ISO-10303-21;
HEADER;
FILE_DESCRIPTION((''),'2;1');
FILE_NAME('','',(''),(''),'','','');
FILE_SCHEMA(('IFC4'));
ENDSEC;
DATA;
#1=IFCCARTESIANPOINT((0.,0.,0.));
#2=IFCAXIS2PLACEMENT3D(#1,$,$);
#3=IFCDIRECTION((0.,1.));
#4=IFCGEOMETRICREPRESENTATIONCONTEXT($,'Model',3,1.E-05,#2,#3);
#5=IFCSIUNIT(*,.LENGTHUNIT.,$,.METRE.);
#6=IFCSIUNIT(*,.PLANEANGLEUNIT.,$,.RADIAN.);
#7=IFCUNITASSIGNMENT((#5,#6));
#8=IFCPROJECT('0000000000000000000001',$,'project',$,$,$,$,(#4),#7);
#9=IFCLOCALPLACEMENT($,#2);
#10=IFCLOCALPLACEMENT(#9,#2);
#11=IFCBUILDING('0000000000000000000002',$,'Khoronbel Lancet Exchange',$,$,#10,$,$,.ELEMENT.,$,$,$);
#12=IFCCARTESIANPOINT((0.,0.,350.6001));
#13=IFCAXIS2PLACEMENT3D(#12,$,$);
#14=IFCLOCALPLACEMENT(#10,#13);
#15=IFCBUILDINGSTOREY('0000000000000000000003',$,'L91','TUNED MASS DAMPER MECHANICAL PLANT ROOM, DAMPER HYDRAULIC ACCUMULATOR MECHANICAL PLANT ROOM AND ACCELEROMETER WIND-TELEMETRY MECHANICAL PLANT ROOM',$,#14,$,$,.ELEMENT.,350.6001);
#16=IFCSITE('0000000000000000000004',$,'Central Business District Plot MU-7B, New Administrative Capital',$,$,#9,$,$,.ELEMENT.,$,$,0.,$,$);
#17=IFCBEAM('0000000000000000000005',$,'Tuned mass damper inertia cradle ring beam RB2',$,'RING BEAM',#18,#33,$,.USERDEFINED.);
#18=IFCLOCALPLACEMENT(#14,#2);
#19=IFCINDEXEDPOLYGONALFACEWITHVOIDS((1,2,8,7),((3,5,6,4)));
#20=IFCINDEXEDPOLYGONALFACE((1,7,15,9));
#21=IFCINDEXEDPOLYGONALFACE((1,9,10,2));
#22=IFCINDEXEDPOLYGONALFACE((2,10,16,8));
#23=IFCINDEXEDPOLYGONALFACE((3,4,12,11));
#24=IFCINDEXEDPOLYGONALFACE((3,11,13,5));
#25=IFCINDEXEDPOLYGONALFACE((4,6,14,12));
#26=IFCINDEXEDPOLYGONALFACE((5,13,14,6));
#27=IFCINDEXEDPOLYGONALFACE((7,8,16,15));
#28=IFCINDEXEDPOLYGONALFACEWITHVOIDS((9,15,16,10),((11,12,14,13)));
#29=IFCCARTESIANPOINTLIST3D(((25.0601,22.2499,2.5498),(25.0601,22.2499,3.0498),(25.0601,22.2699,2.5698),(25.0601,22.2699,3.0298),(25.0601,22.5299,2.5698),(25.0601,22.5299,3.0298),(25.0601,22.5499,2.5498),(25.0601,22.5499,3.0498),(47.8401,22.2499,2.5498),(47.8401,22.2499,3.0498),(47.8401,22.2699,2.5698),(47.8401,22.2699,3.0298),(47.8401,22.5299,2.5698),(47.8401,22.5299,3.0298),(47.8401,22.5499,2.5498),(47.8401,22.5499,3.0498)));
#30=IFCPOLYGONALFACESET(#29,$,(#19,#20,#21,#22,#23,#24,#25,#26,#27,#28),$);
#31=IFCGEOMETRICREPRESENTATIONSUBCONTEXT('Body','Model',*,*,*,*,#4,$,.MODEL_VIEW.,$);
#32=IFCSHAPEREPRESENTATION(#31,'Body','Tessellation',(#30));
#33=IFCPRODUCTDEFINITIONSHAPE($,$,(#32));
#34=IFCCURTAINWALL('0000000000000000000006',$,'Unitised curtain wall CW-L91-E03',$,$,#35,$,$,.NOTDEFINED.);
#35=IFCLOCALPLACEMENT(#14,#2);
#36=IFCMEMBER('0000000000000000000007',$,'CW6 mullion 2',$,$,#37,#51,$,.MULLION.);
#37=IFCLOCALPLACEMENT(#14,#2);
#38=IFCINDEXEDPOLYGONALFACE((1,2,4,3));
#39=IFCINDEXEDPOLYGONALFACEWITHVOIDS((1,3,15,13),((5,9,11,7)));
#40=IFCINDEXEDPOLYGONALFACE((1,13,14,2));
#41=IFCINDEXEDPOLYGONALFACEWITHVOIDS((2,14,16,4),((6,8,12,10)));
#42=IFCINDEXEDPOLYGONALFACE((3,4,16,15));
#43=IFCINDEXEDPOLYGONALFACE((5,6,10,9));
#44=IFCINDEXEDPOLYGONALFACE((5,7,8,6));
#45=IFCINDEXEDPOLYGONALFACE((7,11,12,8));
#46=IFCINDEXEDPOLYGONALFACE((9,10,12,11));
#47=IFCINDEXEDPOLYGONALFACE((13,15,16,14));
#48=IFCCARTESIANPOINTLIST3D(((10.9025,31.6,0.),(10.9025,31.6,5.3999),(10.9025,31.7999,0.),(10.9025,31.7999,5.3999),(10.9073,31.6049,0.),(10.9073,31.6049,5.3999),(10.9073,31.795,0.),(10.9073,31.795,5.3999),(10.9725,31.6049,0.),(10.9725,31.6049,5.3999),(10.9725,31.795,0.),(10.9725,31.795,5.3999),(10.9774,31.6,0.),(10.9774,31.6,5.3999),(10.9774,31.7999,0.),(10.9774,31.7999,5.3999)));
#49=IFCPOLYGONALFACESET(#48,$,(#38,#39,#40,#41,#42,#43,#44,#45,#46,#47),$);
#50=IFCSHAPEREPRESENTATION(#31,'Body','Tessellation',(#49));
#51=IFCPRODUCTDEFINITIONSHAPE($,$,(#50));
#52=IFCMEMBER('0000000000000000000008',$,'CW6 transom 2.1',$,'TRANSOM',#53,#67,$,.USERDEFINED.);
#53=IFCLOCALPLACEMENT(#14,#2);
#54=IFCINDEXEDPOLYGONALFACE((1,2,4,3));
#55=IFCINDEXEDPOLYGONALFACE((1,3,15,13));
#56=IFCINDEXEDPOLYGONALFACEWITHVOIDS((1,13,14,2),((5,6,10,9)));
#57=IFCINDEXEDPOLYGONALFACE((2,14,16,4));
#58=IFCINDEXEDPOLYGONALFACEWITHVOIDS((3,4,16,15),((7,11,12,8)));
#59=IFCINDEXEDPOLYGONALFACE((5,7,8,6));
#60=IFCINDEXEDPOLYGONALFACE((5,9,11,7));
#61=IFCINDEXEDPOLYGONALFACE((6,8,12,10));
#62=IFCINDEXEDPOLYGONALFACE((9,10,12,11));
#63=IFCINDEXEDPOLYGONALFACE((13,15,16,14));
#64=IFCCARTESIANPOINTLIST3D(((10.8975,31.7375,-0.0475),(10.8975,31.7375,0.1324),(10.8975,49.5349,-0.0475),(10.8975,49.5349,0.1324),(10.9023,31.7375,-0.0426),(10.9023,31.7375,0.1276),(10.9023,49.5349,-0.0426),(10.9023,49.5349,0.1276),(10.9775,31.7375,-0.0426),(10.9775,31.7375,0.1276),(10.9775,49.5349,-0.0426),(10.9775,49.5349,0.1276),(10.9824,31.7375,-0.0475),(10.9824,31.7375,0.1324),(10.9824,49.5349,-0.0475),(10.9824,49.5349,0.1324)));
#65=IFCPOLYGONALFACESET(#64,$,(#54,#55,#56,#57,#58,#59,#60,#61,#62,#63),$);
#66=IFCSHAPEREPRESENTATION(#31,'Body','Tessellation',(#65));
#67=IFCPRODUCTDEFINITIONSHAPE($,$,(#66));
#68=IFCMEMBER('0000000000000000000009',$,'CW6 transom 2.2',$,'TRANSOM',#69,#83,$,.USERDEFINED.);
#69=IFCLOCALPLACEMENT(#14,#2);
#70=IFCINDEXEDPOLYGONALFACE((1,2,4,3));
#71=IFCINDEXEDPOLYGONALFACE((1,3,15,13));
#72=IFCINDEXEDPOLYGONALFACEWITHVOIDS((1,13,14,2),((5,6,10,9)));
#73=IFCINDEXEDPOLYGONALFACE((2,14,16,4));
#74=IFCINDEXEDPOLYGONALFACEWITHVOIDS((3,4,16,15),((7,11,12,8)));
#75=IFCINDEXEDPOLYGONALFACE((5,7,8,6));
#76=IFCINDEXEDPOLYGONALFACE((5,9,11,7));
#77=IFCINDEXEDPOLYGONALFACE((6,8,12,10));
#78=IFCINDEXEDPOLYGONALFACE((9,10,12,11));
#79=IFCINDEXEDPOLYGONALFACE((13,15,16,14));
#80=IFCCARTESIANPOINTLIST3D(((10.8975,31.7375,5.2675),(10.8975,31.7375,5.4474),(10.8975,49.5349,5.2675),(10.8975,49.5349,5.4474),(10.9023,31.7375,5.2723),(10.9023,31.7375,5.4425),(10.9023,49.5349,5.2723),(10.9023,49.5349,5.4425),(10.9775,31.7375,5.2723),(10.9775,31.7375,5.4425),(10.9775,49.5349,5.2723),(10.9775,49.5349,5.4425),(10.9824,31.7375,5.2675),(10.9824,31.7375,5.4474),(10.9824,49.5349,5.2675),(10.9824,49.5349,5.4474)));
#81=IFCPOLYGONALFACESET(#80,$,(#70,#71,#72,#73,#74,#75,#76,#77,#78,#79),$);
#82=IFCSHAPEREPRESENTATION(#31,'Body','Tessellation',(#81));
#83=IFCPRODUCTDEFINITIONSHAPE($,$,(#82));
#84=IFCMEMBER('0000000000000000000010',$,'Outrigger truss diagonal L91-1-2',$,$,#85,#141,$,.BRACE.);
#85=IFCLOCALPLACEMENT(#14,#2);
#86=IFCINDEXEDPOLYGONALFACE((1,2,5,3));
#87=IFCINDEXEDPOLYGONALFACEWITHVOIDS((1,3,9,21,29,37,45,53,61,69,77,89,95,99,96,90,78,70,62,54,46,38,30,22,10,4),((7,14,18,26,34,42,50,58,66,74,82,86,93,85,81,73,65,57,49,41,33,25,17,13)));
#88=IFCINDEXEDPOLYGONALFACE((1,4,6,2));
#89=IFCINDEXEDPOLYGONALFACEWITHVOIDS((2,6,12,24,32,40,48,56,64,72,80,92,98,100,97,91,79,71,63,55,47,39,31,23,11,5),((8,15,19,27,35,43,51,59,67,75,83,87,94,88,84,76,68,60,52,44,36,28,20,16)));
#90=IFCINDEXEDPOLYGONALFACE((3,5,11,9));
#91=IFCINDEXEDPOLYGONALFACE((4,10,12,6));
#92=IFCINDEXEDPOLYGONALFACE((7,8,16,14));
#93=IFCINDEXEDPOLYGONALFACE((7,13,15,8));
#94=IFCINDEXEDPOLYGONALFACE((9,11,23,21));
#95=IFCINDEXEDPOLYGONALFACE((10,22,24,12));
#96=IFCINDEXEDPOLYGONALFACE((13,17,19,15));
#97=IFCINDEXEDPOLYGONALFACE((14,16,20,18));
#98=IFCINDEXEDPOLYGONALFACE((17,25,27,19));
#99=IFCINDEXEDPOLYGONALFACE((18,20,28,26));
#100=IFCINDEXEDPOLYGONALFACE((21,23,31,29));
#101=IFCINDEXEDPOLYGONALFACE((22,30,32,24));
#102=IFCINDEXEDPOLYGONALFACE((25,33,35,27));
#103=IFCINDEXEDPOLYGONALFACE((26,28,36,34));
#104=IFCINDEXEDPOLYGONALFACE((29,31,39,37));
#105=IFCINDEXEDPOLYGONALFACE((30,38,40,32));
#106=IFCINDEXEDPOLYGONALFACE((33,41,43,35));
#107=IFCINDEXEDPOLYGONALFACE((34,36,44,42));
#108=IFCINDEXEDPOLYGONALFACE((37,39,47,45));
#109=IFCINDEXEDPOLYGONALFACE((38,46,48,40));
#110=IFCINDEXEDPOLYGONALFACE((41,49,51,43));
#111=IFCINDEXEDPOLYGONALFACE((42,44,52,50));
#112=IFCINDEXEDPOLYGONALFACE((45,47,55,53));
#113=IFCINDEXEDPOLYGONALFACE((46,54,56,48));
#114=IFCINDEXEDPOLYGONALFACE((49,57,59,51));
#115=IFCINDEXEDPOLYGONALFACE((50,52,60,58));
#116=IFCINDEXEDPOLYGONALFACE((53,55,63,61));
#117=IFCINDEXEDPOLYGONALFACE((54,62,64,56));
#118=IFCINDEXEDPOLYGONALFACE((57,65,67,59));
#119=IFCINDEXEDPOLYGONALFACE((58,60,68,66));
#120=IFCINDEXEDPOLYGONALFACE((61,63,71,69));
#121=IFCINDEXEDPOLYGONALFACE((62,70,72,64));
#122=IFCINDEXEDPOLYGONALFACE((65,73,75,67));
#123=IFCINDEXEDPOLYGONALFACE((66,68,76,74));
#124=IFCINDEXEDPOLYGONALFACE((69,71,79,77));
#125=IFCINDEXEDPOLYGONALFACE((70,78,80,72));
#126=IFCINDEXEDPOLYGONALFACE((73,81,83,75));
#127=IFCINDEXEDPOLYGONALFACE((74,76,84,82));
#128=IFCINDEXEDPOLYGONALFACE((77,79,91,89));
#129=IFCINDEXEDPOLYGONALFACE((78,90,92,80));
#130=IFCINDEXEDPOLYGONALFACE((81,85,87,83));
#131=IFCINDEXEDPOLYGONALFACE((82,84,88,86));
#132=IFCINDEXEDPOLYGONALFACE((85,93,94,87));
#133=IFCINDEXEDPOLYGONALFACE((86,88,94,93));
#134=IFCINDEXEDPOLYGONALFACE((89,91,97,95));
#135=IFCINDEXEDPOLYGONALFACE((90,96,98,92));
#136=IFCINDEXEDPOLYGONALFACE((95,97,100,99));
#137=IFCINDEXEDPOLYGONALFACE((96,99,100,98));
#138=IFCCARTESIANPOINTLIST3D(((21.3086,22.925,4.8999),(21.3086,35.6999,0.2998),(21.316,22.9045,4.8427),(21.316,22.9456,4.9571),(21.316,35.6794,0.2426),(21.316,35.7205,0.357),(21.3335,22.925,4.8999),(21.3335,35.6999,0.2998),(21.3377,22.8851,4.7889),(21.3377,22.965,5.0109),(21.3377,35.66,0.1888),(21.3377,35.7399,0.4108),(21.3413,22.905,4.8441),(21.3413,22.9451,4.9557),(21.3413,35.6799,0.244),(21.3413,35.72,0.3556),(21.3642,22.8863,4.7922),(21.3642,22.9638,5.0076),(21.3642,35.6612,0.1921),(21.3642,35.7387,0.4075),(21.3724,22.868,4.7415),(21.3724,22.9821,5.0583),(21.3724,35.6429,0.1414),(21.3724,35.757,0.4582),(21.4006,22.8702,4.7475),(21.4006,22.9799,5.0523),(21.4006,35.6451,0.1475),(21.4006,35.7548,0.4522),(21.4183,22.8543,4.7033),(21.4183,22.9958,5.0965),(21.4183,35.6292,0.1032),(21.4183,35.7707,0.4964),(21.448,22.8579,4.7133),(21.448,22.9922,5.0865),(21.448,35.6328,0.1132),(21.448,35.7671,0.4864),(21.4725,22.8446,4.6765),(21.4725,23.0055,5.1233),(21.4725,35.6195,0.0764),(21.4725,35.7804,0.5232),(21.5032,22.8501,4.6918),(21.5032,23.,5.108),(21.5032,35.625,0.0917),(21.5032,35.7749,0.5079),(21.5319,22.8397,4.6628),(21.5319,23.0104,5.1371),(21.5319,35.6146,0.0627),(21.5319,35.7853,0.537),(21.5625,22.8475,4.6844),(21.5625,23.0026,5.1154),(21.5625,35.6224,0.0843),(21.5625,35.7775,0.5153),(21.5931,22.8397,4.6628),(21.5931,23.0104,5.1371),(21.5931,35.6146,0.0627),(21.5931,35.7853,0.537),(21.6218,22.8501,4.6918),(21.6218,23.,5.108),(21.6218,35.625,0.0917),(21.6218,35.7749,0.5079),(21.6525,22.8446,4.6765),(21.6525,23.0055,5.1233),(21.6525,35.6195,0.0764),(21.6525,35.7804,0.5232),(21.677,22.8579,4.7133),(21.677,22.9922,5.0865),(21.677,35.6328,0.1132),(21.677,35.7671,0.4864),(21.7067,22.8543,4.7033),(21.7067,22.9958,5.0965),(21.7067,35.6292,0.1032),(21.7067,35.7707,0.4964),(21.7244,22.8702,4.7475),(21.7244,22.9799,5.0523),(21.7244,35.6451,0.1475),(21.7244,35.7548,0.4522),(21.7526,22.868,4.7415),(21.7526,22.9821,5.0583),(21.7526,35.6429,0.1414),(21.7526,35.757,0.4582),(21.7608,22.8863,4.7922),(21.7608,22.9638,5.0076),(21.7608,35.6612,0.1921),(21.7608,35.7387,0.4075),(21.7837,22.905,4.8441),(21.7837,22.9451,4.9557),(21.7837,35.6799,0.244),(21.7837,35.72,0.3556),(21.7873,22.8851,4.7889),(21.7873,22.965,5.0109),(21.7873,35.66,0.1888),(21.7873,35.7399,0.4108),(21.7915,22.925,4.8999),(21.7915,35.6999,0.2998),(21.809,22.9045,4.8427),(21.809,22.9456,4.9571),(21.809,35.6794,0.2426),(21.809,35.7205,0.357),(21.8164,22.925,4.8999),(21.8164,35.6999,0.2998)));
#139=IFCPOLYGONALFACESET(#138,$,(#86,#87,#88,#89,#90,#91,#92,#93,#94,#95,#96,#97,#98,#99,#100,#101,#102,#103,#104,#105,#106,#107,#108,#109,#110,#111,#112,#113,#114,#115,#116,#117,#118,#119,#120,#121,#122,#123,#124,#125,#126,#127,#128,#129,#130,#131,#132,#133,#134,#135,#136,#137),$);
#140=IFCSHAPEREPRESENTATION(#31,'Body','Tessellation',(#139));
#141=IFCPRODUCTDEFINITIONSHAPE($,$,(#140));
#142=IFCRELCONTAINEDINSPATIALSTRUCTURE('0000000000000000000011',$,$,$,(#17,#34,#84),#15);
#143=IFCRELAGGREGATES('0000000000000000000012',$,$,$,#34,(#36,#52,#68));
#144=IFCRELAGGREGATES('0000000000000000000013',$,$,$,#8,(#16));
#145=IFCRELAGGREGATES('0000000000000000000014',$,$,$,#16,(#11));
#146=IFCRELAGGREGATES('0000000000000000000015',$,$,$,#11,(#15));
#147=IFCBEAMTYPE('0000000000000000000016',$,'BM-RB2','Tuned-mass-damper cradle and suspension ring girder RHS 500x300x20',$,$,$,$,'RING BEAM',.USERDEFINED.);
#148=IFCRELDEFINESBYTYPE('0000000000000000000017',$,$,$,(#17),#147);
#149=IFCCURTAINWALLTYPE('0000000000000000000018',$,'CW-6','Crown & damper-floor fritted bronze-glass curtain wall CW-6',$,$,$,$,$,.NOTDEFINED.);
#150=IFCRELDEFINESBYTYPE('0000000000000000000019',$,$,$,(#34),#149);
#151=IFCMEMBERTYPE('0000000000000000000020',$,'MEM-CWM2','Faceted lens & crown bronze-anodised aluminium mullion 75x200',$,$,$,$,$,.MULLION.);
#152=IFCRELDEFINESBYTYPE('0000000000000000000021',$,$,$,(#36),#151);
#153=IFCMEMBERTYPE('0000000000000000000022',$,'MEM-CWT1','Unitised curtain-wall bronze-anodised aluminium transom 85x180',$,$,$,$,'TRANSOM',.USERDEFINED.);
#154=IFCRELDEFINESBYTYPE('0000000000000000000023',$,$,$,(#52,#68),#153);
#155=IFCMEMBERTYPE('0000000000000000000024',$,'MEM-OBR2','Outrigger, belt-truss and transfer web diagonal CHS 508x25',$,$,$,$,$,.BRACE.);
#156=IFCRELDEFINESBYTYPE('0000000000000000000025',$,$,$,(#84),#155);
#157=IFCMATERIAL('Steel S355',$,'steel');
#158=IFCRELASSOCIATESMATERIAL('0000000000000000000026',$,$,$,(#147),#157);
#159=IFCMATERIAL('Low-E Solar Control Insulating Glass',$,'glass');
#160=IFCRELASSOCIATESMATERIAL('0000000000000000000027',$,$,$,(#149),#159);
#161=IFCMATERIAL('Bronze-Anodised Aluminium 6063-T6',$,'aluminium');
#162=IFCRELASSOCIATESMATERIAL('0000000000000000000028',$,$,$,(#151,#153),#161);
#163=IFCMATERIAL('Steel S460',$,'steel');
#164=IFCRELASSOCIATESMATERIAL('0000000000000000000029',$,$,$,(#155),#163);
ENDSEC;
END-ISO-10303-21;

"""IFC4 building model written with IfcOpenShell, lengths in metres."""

from ifc_helpers import new_model, si_unit, direction, frame, origin, origin_2d, place, context, subcontext, project, spatial, hollow_rectangle, hollow_circle, extrude, material, material_profile, profile_set, type_object, element, aggregate, save


model = new_model("IFC4")

# Units and contexts
model_context = context("Model", 3, precision=1e-05, world=origin(), true_north=direction((0.0, 1.0)))
body_context = subcontext(model_context, "Body", "Model", "MODEL_VIEW")
ifc_project = project(units=[si_unit("LENGTHUNIT", "METRE"), si_unit("PLANEANGLEUNIT", "RADIAN")], contexts=[model_context])

# Site, building, storey
site_placement = place(None, origin())
site = spatial("IfcSite", under=ifc_project, at=site_placement, Name="Central Business District Plot MU-7B, New Administrative Capital", CompositionType="ELEMENT", RefElevation=0.0)
building_placement = place(site_placement, origin())
building = spatial("IfcBuilding", under=site, at=building_placement, Name="Khoronbel Lancet Exchange", CompositionType="ELEMENT")
storey_placement = place(building_placement, frame((0.0, 0.0, 350.6001)))
storey = spatial("IfcBuildingStorey", under=building, at=storey_placement, Name="L91", Description="TUNED MASS DAMPER MECHANICAL PLANT ROOM, DAMPER HYDRAULIC ACCUMULATOR MECHANICAL PLANT ROOM AND ACCELEROMETER WIND-TELEMETRY MECHANICAL PLANT ROOM", CompositionType="ELEMENT", Elevation=350.6001)

# Shared definitions
ifc_material_1 = material(Name="Steel S355", Category="steel")

# Beam
ifc_material_profile_1 = material_profile(ifc_material_1, hollow_rectangle(XDim=0.3, YDim=0.5, WallThickness=0.02, at=origin_2d()), Name="RHS 500x300x20")
ifc_profile_set_1 = profile_set([ifc_material_profile_1], Name="Steel S355")
beam_type_1 = type_object("IfcBeamType", Name="BM-RB2", Description="Tuned-mass-damper cradle and suspension ring girder RHS 500x300x20", ElementType="RING BEAM", PredefinedType="USERDEFINED", material=ifc_profile_set_1)
beam_1_placement = place(storey_placement, frame((25.0601, 22.3999, 2.7998), z_axis=(1.0, 0.0, 0.0), x_axis=(0.0, 1.0, 0.0)))
element("IfcBeam", 1, at=beam_1_placement, inside=storey, type_object=beam_type_1, Name="Tuned mass damper inertia cradle ring beam RB2", ObjectType="RING BEAM", PredefinedType="USERDEFINED", context=body_context, shape_type="SweptSolid", body=[
    extrude(hollow_rectangle(XDim=0.3, YDim=0.5, WallThickness=0.02, at=origin_2d()), origin(), (0.0, 0.0, 1.0), 22.78),
])

# Curtain wall, members
ifc_material_2 = material(Name="Low-E Solar Control Insulating Glass", Category="glass")
curtain_wall_type = type_object("IfcCurtainWallType", Name="CW-6", Description="Crown & damper-floor fritted bronze-glass curtain wall CW-6", PredefinedType="NOTDEFINED", material=ifc_material_2)
curtain_wall_placement = place(storey_placement, origin())
curtain_wall = element("IfcCurtainWall", 2, at=curtain_wall_placement, inside=storey, type_object=curtain_wall_type, Name="Unitised curtain wall CW-L91-E03", PredefinedType="NOTDEFINED")
ifc_material_3 = material(Name="Bronze-Anodised Aluminium 6063-T6", Category="aluminium")
ifc_material_profile_2 = material_profile(ifc_material_3, hollow_rectangle(XDim=0.075, YDim=0.2, WallThickness=0.0049, at=origin_2d()), Name="ALU MULLION 75x200")
ifc_profile_set_2 = profile_set([ifc_material_profile_2], Name="Bronze-Anodised Aluminium 6063-T6")
member_type_1 = type_object("IfcMemberType", Name="MEM-CWM2", Description="Faceted lens & crown bronze-anodised aluminium mullion 75x200", PredefinedType="MULLION", material=ifc_profile_set_2)
member_1_placement = place(storey_placement, frame((10.9399, 31.7, 0.0), z_axis=(0.0, 0.0, 1.0), x_axis=(-1.0, 0.0, 0.0)))
member_1 = element("IfcMember", 3, at=member_1_placement, type_object=member_type_1, Name="CW6 mullion 2", PredefinedType="MULLION", context=body_context, shape_type="SweptSolid", body=[
    extrude(hollow_rectangle(XDim=0.075, YDim=0.2, WallThickness=0.0049, at=origin_2d()), origin(), (0.0, 0.0, 1.0), 5.3999),
])
ifc_material_profile_3 = material_profile(ifc_material_3, hollow_rectangle(XDim=0.085, YDim=0.1799, WallThickness=0.0049, at=origin_2d()), Name="ALU TRANSOM 85x180")
ifc_profile_set_3 = profile_set([ifc_material_profile_3], Name="Bronze-Anodised Aluminium 6063-T6")
member_type_2 = type_object("IfcMemberType", Name="MEM-CWT1", Description="Unitised curtain-wall bronze-anodised aluminium transom 85x180", ElementType="TRANSOM", PredefinedType="USERDEFINED", material=ifc_profile_set_3)
member_2_placement = place(storey_placement, frame((10.9399, 31.7375, 0.0425), z_axis=(0.0, 1.0, 0.0), x_axis=(-1.0, 0.0, 0.0)))
member_2 = element("IfcMember", 4, at=member_2_placement, type_object=member_type_2, Name="CW6 transom 2.1", ObjectType="TRANSOM", PredefinedType="USERDEFINED", context=body_context, shape_type="SweptSolid", body=[
    extrude(hollow_rectangle(XDim=0.085, YDim=0.1799, WallThickness=0.0049, at=origin_2d()), origin(), (0.0, 0.0, 1.0), 17.7974),
])
member_3_placement = place(storey_placement, frame((10.9399, 31.7375, 5.3574), z_axis=(0.0, 1.0, 0.0), x_axis=(-1.0, 0.0, 0.0)))
member_3 = element("IfcMember", 5, at=member_3_placement, type_object=member_type_2, Name="CW6 transom 2.2", ObjectType="TRANSOM", PredefinedType="USERDEFINED", context=body_context, shape_type="SweptSolid", body=[
    extrude(hollow_rectangle(XDim=0.085, YDim=0.1799, WallThickness=0.0049, at=origin_2d()), origin(), (0.0, 0.0, 1.0), 17.7974),
])

# Member
ifc_material_4 = material(Name="Steel S460", Category="steel")
ifc_material_profile_4 = material_profile(ifc_material_4, hollow_circle(Radius=0.2539, WallThickness=0.0249, at=origin_2d()), Name="CHS 508x25")
ifc_profile_set_4 = profile_set([ifc_material_profile_4], Name="Steel S460")
member_type_3 = type_object("IfcMemberType", Name="MEM-OBR2", Description="Outrigger, belt-truss and transfer web diagonal CHS 508x25", PredefinedType="BRACE", material=ifc_profile_set_4)
for number, where, z_axis, x_axis, name in (
    (6, (21.5625, 22.925, 4.8999), (0.0, 0.940861, -0.338793), (-1.0, 0.0, 0.0), "Outrigger truss diagonal L91-1-2"),
):
    element("IfcMember", number, at=place(storey_placement, frame(where, z_axis=z_axis, x_axis=x_axis)), inside=storey, type_object=member_type_3, Name=name, PredefinedType="BRACE", context=body_context, shape_type="SweptSolid", body=[
        extrude(hollow_circle(Radius=0.2539, WallThickness=0.0249, at=origin_2d()), origin(), (0.0, 0.0, 1.0), 13.5779),
    ])

aggregate(curtain_wall, [member_1, member_2, member_3])

save(model, "model.ifc")
